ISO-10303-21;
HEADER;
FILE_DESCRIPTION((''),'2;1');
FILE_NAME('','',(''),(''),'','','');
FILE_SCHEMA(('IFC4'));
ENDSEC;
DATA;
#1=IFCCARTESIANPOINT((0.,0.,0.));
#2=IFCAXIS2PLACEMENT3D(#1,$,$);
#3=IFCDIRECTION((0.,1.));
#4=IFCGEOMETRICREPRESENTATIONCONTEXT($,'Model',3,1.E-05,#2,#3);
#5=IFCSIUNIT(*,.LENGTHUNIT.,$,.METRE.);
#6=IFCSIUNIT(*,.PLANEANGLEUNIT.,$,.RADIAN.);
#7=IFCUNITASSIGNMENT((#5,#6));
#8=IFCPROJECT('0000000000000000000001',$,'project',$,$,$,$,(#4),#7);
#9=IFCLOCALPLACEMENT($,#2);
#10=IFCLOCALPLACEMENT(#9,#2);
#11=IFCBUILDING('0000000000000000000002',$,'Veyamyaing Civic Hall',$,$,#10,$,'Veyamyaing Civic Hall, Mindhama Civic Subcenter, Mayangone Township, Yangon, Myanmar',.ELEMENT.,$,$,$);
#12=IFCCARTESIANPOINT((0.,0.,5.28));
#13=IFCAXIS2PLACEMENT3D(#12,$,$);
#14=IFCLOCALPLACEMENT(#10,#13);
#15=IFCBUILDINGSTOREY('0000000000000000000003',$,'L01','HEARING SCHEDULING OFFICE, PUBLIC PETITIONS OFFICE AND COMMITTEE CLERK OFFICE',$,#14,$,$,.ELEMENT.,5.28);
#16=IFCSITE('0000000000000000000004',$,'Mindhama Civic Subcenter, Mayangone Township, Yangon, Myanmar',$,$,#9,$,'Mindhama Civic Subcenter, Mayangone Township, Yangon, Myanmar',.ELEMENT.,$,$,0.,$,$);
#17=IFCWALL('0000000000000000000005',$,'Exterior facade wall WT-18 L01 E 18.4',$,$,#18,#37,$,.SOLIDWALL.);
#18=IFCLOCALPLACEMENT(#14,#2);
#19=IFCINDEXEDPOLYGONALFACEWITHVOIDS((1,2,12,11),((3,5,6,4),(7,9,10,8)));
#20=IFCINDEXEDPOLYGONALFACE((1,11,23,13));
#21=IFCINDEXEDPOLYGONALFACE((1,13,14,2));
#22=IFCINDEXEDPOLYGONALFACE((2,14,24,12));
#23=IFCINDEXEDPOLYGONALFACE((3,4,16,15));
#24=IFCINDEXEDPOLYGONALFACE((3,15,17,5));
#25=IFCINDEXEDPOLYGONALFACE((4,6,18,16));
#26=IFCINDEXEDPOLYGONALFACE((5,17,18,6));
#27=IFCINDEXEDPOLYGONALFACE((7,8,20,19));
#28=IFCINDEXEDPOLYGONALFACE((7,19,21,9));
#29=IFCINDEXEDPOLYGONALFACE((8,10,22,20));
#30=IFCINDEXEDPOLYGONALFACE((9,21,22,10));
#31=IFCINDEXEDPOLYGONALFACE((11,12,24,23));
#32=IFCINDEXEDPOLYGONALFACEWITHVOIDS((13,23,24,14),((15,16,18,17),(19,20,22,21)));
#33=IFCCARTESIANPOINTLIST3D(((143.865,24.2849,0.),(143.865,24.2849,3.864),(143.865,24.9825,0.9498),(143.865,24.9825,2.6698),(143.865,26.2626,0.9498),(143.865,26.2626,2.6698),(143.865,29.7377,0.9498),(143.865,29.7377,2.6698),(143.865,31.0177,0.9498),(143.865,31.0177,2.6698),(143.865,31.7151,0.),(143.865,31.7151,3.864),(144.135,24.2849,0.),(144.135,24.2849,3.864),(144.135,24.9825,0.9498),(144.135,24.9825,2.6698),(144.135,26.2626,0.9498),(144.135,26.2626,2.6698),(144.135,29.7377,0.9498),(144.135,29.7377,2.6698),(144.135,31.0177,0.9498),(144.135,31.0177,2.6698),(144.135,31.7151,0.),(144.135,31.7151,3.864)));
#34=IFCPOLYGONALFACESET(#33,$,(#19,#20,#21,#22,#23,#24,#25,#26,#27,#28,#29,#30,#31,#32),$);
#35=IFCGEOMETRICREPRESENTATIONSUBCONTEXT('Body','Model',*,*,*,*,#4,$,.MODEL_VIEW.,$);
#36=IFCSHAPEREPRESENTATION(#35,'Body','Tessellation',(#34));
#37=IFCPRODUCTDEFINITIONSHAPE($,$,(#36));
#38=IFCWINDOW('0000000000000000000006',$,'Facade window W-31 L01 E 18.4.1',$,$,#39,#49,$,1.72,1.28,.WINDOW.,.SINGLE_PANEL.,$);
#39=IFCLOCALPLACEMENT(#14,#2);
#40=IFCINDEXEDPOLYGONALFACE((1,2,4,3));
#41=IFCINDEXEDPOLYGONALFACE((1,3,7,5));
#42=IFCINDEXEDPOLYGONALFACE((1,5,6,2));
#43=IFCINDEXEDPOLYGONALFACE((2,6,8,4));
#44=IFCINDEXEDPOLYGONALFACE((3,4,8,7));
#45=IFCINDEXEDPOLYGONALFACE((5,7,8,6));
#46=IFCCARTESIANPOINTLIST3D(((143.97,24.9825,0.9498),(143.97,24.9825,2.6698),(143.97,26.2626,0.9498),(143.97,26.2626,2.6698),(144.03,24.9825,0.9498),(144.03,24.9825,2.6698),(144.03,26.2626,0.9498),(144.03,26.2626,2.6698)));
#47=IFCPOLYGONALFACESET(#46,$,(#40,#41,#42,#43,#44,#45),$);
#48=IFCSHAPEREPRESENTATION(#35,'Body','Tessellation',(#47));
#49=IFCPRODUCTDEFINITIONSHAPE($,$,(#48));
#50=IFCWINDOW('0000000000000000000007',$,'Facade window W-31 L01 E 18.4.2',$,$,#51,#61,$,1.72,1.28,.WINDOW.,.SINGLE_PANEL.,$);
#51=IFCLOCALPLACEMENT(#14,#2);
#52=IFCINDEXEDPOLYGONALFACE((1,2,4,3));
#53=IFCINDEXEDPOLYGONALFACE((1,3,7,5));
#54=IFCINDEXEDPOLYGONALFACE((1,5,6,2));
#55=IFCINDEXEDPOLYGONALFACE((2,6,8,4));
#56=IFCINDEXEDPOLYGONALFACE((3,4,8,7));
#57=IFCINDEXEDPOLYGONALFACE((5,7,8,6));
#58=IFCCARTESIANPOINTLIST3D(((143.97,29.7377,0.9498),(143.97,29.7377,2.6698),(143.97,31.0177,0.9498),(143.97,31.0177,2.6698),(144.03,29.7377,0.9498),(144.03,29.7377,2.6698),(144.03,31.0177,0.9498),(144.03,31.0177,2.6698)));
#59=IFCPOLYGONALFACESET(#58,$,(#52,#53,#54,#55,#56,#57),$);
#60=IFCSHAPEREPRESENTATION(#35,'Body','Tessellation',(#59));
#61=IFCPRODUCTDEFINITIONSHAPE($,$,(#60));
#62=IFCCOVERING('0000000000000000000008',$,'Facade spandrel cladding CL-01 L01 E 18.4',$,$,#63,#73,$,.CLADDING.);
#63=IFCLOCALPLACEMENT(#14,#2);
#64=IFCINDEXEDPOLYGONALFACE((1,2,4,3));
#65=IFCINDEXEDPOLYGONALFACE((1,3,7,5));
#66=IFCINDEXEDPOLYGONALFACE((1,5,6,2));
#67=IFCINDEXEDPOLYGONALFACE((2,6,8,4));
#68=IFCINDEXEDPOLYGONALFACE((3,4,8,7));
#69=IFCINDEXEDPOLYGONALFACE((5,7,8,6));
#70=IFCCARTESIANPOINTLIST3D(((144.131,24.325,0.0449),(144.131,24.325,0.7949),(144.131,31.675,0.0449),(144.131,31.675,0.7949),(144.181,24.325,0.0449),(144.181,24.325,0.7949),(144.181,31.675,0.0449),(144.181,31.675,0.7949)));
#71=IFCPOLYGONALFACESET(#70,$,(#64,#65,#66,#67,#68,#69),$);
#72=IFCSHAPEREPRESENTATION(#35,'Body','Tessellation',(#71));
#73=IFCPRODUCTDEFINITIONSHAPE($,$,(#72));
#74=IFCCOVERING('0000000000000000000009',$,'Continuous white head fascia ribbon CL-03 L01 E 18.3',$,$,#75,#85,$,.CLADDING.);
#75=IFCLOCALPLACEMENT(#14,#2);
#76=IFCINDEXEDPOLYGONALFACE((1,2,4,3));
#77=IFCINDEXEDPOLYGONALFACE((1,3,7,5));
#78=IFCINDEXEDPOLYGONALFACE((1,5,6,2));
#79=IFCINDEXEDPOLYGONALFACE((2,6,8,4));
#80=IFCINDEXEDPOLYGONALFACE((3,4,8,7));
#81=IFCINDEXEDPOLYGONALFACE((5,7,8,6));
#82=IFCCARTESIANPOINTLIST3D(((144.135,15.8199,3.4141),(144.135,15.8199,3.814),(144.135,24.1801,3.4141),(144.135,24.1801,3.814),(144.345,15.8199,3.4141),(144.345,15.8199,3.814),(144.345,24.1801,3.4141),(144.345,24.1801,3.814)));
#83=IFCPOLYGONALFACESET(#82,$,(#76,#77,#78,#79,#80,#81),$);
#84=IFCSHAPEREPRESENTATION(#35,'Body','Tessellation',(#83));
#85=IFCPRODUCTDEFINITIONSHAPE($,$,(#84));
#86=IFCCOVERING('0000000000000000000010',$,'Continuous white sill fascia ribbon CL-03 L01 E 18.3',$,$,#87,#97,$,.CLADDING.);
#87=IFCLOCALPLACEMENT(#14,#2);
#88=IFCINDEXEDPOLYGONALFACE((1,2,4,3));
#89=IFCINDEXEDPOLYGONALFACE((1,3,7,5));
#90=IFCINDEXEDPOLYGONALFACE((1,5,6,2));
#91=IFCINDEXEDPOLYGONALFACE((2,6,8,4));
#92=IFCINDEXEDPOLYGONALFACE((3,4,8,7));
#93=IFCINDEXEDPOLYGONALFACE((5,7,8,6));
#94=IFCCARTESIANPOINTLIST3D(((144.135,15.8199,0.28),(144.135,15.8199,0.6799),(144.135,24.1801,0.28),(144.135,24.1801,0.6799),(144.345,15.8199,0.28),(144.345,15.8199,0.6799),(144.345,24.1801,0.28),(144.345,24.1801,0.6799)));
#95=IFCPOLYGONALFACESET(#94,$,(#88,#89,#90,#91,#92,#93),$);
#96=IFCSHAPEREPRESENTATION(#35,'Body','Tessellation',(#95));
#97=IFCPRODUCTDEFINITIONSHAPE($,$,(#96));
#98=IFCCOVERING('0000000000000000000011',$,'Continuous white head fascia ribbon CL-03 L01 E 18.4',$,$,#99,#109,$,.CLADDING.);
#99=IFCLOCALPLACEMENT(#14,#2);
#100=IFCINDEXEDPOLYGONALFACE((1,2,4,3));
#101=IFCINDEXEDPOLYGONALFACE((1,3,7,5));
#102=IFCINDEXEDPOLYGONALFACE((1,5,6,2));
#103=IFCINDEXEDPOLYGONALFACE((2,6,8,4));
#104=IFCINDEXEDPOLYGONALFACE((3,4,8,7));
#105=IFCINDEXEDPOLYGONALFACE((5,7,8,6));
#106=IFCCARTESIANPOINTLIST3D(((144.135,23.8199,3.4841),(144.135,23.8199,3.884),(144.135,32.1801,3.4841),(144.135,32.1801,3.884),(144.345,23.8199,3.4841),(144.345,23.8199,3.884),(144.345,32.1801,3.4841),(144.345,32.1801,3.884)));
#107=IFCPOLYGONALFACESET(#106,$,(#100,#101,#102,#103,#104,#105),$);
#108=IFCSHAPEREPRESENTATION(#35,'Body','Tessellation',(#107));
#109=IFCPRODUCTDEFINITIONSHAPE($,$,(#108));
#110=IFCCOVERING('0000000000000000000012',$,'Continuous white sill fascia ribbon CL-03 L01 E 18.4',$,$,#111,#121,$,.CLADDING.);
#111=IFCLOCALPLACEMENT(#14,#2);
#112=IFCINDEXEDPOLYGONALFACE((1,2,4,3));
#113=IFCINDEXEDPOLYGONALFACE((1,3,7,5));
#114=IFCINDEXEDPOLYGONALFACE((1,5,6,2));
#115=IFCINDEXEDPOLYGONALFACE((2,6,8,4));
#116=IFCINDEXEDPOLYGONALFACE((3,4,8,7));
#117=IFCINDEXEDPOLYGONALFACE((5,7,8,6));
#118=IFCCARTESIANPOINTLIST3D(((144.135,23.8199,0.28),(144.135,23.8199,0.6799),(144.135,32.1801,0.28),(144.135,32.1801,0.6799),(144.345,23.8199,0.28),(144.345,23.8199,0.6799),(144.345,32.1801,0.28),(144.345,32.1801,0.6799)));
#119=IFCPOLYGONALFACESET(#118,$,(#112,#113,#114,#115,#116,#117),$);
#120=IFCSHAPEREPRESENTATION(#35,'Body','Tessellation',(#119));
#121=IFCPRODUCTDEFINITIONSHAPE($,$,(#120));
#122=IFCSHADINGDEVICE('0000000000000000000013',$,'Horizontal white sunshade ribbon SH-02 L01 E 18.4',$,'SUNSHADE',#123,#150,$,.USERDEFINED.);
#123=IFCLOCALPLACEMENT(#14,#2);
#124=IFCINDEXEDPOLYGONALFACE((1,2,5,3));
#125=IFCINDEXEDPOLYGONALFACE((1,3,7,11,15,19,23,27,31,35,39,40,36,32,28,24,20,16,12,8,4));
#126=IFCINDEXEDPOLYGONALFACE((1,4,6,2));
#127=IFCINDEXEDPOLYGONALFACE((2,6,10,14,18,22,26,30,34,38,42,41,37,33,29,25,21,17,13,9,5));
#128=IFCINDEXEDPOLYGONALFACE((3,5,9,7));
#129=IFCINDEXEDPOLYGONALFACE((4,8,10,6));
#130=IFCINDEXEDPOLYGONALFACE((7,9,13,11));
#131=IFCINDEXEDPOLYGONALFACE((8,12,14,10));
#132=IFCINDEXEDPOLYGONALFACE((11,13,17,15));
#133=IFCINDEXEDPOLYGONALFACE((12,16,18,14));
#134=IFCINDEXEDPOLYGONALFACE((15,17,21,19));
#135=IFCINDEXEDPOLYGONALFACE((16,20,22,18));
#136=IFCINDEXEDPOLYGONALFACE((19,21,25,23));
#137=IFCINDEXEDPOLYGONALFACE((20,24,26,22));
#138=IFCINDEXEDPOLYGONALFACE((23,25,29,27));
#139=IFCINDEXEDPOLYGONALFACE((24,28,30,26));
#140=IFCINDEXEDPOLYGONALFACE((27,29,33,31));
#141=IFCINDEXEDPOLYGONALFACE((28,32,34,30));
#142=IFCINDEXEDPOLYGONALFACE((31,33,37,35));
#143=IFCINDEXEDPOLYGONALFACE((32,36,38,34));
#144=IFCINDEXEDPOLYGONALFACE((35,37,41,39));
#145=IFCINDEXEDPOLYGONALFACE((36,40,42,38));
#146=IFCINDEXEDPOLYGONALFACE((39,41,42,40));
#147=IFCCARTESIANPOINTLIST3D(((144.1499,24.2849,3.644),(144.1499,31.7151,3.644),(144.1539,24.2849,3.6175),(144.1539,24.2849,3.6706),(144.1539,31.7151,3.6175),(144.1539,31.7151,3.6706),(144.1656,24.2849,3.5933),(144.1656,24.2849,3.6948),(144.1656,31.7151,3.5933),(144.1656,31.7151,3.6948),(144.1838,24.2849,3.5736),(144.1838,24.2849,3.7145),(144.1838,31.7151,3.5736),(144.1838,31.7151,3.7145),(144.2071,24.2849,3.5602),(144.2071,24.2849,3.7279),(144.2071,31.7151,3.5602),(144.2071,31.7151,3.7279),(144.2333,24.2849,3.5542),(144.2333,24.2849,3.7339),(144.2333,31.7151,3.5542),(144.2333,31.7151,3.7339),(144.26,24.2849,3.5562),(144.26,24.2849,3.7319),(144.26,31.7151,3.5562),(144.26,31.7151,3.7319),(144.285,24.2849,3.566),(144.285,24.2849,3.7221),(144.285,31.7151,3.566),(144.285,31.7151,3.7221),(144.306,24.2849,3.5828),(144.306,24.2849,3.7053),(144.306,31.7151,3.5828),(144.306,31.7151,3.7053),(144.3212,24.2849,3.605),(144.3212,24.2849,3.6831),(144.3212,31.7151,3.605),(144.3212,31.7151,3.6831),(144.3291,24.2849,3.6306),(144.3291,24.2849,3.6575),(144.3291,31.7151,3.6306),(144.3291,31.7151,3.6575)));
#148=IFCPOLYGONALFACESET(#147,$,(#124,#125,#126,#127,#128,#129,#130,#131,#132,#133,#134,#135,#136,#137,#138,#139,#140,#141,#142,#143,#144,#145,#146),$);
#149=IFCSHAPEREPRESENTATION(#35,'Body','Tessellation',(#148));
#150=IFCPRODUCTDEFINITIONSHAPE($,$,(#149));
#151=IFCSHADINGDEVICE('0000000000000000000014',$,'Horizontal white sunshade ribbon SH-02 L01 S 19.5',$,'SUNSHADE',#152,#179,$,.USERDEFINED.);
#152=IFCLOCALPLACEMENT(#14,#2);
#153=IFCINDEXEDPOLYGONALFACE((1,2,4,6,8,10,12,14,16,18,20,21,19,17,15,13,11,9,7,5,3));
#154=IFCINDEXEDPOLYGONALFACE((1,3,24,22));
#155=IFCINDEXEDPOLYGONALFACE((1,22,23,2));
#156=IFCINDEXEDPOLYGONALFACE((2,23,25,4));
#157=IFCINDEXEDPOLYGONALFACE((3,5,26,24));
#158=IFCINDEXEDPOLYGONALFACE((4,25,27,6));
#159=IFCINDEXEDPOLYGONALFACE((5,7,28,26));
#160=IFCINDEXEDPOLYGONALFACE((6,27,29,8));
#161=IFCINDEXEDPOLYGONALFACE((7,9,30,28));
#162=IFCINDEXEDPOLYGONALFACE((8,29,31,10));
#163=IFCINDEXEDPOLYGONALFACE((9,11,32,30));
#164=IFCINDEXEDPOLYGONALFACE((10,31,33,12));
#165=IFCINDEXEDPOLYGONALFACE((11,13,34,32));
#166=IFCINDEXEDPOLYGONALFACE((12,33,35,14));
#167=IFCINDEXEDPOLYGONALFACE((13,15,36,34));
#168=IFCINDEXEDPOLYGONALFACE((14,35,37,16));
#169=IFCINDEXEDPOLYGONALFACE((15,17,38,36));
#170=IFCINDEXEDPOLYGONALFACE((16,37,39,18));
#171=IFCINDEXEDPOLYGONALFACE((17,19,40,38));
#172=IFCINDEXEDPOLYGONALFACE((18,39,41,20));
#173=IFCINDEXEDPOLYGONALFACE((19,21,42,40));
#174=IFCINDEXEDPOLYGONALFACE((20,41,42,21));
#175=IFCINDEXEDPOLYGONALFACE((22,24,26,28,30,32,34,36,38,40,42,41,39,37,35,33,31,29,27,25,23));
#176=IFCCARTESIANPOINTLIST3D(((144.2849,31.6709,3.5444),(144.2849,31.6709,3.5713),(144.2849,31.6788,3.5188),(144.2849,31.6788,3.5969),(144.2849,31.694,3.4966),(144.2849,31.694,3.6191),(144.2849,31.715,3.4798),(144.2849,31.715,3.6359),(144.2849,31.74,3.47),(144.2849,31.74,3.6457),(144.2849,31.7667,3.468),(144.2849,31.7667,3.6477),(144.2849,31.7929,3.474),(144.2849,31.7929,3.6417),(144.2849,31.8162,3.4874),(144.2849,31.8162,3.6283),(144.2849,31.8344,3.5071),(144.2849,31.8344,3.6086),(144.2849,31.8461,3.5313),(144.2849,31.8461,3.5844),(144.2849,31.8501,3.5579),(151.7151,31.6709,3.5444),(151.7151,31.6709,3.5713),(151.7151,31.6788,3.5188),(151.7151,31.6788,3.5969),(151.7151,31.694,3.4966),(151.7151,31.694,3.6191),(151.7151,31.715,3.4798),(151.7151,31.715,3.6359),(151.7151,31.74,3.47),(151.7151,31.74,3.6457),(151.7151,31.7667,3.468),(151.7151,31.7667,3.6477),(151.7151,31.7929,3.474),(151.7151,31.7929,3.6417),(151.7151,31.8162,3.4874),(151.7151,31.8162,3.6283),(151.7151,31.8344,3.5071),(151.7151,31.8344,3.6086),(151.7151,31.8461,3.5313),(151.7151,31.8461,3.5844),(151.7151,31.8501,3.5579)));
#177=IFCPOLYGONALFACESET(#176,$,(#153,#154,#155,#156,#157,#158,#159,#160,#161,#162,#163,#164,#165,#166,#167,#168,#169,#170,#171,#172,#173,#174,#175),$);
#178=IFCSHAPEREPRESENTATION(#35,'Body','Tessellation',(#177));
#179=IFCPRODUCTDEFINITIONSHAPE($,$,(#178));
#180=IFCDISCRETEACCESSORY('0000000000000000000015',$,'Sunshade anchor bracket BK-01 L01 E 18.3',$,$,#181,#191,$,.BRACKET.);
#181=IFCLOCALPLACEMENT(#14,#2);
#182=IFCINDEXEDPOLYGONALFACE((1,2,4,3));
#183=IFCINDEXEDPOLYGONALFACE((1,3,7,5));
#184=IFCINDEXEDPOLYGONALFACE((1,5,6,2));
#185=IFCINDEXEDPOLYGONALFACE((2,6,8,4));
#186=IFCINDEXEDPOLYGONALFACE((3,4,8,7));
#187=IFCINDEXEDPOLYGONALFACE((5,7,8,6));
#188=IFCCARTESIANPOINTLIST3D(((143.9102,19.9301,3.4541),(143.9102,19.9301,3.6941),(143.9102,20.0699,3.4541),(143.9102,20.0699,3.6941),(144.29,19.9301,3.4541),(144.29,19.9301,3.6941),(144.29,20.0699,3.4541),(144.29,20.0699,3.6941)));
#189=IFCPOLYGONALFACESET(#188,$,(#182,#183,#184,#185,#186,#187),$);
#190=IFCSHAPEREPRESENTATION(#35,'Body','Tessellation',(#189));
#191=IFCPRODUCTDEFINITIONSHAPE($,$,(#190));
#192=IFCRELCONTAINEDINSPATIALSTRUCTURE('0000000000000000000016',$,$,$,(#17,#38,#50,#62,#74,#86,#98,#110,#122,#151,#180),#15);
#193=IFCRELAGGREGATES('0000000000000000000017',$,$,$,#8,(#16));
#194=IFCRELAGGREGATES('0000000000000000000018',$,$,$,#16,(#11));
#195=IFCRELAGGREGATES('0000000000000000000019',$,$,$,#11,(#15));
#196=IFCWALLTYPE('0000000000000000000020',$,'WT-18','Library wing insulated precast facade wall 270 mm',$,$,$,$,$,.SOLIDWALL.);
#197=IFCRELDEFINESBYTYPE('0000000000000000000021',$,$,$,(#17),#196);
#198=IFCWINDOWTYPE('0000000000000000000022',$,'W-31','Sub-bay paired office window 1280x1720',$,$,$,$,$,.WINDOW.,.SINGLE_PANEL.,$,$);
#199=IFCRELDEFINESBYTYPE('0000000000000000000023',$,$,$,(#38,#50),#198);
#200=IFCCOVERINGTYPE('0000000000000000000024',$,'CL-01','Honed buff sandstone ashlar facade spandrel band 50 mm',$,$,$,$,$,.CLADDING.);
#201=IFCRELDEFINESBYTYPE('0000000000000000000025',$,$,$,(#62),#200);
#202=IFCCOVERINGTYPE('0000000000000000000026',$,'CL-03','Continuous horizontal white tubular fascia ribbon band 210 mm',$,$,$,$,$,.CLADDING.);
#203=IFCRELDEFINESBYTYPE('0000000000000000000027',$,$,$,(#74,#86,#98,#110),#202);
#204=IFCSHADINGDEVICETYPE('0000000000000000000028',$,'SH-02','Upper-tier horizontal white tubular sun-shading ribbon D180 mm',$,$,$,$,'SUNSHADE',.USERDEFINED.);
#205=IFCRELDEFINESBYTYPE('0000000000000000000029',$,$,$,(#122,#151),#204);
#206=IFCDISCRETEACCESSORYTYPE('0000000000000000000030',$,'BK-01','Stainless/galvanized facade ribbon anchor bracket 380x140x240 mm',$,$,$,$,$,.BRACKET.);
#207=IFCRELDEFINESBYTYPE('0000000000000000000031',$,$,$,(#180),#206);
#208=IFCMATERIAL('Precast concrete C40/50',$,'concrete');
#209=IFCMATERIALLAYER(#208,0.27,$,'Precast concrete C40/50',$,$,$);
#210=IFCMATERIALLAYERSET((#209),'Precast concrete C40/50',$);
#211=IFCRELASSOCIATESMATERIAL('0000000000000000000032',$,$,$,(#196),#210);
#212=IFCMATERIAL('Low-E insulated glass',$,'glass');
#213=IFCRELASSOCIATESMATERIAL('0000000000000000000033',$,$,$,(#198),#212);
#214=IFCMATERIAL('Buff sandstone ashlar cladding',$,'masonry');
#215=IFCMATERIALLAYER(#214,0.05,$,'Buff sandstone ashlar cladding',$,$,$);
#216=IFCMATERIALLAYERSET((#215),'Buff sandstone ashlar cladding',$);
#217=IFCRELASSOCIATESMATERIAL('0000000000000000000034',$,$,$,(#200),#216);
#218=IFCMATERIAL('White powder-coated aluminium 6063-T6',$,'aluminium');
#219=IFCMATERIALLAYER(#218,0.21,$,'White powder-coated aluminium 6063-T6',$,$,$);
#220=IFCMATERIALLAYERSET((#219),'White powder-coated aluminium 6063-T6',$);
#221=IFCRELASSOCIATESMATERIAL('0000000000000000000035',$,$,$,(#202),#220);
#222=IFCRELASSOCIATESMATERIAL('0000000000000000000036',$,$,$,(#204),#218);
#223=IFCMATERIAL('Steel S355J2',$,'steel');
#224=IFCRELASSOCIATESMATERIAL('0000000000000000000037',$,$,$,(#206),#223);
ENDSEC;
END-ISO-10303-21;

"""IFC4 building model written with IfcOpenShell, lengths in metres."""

from ifc_helpers import new_model, si_unit, direction, frame, frame_2d, origin, origin_2d, place, context, subcontext, project, spatial, rectangle, circle, extrude, material, layer, layer_set, material_profile, profile_set, type_object, element, fill, save


model = new_model("IFC4")

# Units and contexts
model_context = context("Model", 3, precision=1e-05, world=origin(), true_north=direction((0.0, 1.0)))
body_context = subcontext(model_context, "Body", "Model", "MODEL_VIEW")
ifc_project = project(units=[si_unit("LENGTHUNIT", "METRE"), si_unit("PLANEANGLEUNIT", "RADIAN")], contexts=[model_context])

# Site, building, storey
site_placement = place(None, origin())
site = spatial("IfcSite", under=ifc_project, at=site_placement, Name="Mindhama Civic Subcenter, Mayangone Township, Yangon, Myanmar", LongName="Mindhama Civic Subcenter, Mayangone Township, Yangon, Myanmar", CompositionType="ELEMENT", RefElevation=0.0)
building_placement = place(site_placement, origin())
building = spatial("IfcBuilding", under=site, at=building_placement, Name="Veyamyaing Civic Hall", LongName="Veyamyaing Civic Hall, Mindhama Civic Subcenter, Mayangone Township, Yangon, Myanmar", CompositionType="ELEMENT")
storey_placement = place(building_placement, frame((0.0, 0.0, 5.28)))
storey = spatial("IfcBuildingStorey", under=building, at=storey_placement, Name="L01", Description="HEARING SCHEDULING OFFICE, PUBLIC PETITIONS OFFICE AND COMMITTEE CLERK OFFICE", CompositionType="ELEMENT", Elevation=5.28)

# Shared definitions
ifc_material_1 = material(Name="Low-E insulated glass", Category="glass")

# Wall, openings, windows
ifc_material_2 = material(Name="Precast concrete C40/50", Category="concrete")
ifc_layer_1 = layer(ifc_material_2, 0.27, Name="Precast concrete C40/50")
ifc_layer_set_1 = layer_set([ifc_layer_1], Name="Precast concrete C40/50")
wall_type = type_object("IfcWallType", Name="WT-18", Description="Library wing insulated precast facade wall 270 mm", PredefinedType="SOLIDWALL", material=ifc_layer_set_1)
wall_placement = place(storey_placement, frame((144.0, 24.2849, 0.0), z_axis=(0.0, 0.0, 1.0), x_axis=(0.0, 1.0, 0.0)))
wall = element("IfcWall", 1, at=wall_placement, inside=storey, type_object=wall_type, Name="Exterior facade wall WT-18 L01 E 18.4", PredefinedType="SOLIDWALL", context=body_context, shape_type="SweptSolid", body=[
    extrude(rectangle(XDim=7.4302, YDim=0.27, at=frame_2d((3.7151, 0.0))), origin(), (0.0, 0.0, 1.0), 3.864),
])
opening_1_placement = place(wall_placement, frame((0.6975, 0.0, 0.95)))
opening_1 = element("IfcOpeningElement", 2, at=opening_1_placement, cuts=wall, PredefinedType="OPENING", context=body_context, shape_type="SweptSolid", body=[
    extrude(rectangle(XDim=1.28, YDim=1.72, at=frame_2d((0.6401, 0.8599))), frame((0.0, 0.145, 0.0), z_axis=(0.0, -1.0, 0.0), x_axis=(1.0, 0.0, 0.0)), (0.0, 0.0, 1.0), 0.29),
])
opening_2_placement = place(wall_placement, frame((5.4526, 0.0, 0.95)))
opening_2 = element("IfcOpeningElement", 3, at=opening_2_placement, cuts=wall, PredefinedType="OPENING", context=body_context, shape_type="SweptSolid", body=[
    extrude(rectangle(XDim=1.28, YDim=1.72, at=frame_2d((0.6401, 0.8599))), frame((0.0, 0.145, 0.0), z_axis=(0.0, -1.0, 0.0), x_axis=(1.0, 0.0, 0.0)), (0.0, 0.0, 1.0), 0.29),
])
window_type = type_object("IfcWindowType", Name="W-31", Description="Sub-bay paired office window 1280x1720", PartitioningType="SINGLE_PANEL", PredefinedType="WINDOW", material=ifc_material_1)
window_1_placement = place(opening_1_placement, origin())
window_1 = element("IfcWindow", 4, at=window_1_placement, inside=storey, type_object=window_type, Name="Facade window W-31 L01 E 18.4.1", OverallHeight=1.72, OverallWidth=1.28, PartitioningType="SINGLE_PANEL", PredefinedType="WINDOW", context=body_context, shape_type="SweptSolid", body=[
    extrude(rectangle(XDim=1.28, YDim=1.72, at=frame_2d((0.6401, 0.8599))), frame((0.0, 0.03, 0.0), z_axis=(0.0, -1.0, 0.0), x_axis=(1.0, 0.0, 0.0)), (0.0, 0.0, 1.0), 0.0601),
])
fill(opening_1, window_1)
window_2_placement = place(opening_2_placement, origin())
window_2 = element("IfcWindow", 5, at=window_2_placement, inside=storey, type_object=window_type, Name="Facade window W-31 L01 E 18.4.2", OverallHeight=1.72, OverallWidth=1.28, PartitioningType="SINGLE_PANEL", PredefinedType="WINDOW", context=body_context, shape_type="SweptSolid", body=[
    extrude(rectangle(XDim=1.28, YDim=1.72, at=frame_2d((0.6401, 0.8599))), frame((0.0, 0.03, 0.0), z_axis=(0.0, -1.0, 0.0), x_axis=(1.0, 0.0, 0.0)), (0.0, 0.0, 1.0), 0.0601),
])
fill(opening_2, window_2)

# Coverings
ifc_material_3 = material(Name="Buff sandstone ashlar cladding", Category="masonry")
ifc_layer_2 = layer(ifc_material_3, 0.05, Name="Buff sandstone ashlar cladding")
ifc_layer_set_2 = layer_set([ifc_layer_2], Name="Buff sandstone ashlar cladding")
covering_type_1 = type_object("IfcCoveringType", Name="CL-01", Description="Honed buff sandstone ashlar facade spandrel band 50 mm", PredefinedType="CLADDING", material=ifc_layer_set_2)
covering_placement = place(storey_placement, frame((144.156, 28.0, 0.0449), z_axis=(0.0, 0.0, 1.0), x_axis=(0.0, 1.0, 0.0)))
element("IfcCovering", 6, at=covering_placement, inside=storey, type_object=covering_type_1, Name="Facade spandrel cladding CL-01 L01 E 18.4", PredefinedType="CLADDING", context=body_context, shape_type="SweptSolid", body=[
    extrude(rectangle(XDim=7.3501, YDim=0.05, at=origin_2d()), origin(), (0.0, 0.0, 1.0), 0.75),
])
ifc_material_4 = material(Name="White powder-coated aluminium 6063-T6", Category="aluminium")
ifc_layer_3 = layer(ifc_material_4, 0.21, Name="White powder-coated aluminium 6063-T6")
ifc_layer_set_3 = layer_set([ifc_layer_3], Name="White powder-coated aluminium 6063-T6")
covering_type_2 = type_object("IfcCoveringType", Name="CL-03", Description="Continuous horizontal white tubular fascia ribbon band 210 mm", PredefinedType="CLADDING", material=ifc_layer_set_3)
for number, where, z_axis, x_axis, name in (
    (7, (144.24, 20.0, 3.4141), (0.0, 0.0, 1.0), (0.0, 1.0, 0.0), "Continuous white head fascia ribbon CL-03 L01 E 18.3"),
    (8, (144.24, 20.0, 0.28), (0.0, 0.0, 1.0), (0.0, 1.0, 0.0), "Continuous white sill fascia ribbon CL-03 L01 E 18.3"),
    (9, (144.24, 28.0, 3.4841), (0.0, 0.0, 1.0), (0.0, 1.0, 0.0), "Continuous white head fascia ribbon CL-03 L01 E 18.4"),
    (10, (144.24, 28.0, 0.28), (0.0, 0.0, 1.0), (0.0, 1.0, 0.0), "Continuous white sill fascia ribbon CL-03 L01 E 18.4"),
):
    element("IfcCovering", number, at=place(storey_placement, frame(where, z_axis=z_axis, x_axis=x_axis)), inside=storey, type_object=covering_type_2, Name=name, PredefinedType="CLADDING", context=body_context, shape_type="SweptSolid", body=[
        extrude(rectangle(XDim=8.3601, YDim=0.21, at=origin_2d()), origin(), (0.0, 0.0, 1.0), 0.3999),
    ])

# Shading devices
ifc_material_profile_1 = material_profile(ifc_material_4, circle(Radius=0.0901, at=origin_2d()), Name="SHADE-TUBE-180")
ifc_profile_set_1 = profile_set([ifc_material_profile_1], Name="White powder-coated aluminium 6063-T6")
shading_device_type = type_object("IfcShadingDeviceType", Name="SH-02", Description="Upper-tier horizontal white tubular sun-shading ribbon D180 mm", ElementType="SUNSHADE", PredefinedType="USERDEFINED", material=ifc_profile_set_1)
for number, where, z_axis, x_axis, name in (
    (11, (144.24, 24.2849, 3.644), (0.0, 1.0, 0.0), (-1.0, 0.0, 0.0), "Horizontal white sunshade ribbon SH-02 L01 E 18.4"),
    (12, (144.2849, 31.76, 3.5579), (1.0, 0.0, 0.0), (0.0, 1.0, 0.0), "Horizontal white sunshade ribbon SH-02 L01 S 19.5"),
):
    element("IfcShadingDevice", number, at=place(storey_placement, frame(where, z_axis=z_axis, x_axis=x_axis)), inside=storey, type_object=shading_device_type, Name=name, ObjectType="SUNSHADE", PredefinedType="USERDEFINED", context=body_context, shape_type="SweptSolid", body=[
        extrude(circle(Radius=0.0901, at=origin_2d()), origin(), (0.0, 0.0, 1.0), 7.4302),
    ])

# Discrete accessory
ifc_material_5 = material(Name="Steel S355J2", Category="steel")
discrete_accessory_type = type_object("IfcDiscreteAccessoryType", Name="BK-01", Description="Stainless/galvanized facade ribbon anchor bracket 380x140x240 mm", PredefinedType="BRACKET", material=ifc_material_5)
for number, where, z_axis, x_axis, name in (
    (13, (144.1001, 20.0, 3.4541), (0.0, 0.0, 1.0), (1.0, 0.0, 0.0), "Sunshade anchor bracket BK-01 L01 E 18.3"),
):
    element("IfcDiscreteAccessory", number, at=place(storey_placement, frame(where, z_axis=z_axis, x_axis=x_axis)), inside=storey, type_object=discrete_accessory_type, Name=name, PredefinedType="BRACKET", context=body_context, shape_type="SweptSolid", body=[
        extrude(rectangle(XDim=0.3799, YDim=0.1399, at=origin_2d()), origin(), (0.0, 0.0, 1.0), 0.24),
    ])

save(model, "model.ifc")
